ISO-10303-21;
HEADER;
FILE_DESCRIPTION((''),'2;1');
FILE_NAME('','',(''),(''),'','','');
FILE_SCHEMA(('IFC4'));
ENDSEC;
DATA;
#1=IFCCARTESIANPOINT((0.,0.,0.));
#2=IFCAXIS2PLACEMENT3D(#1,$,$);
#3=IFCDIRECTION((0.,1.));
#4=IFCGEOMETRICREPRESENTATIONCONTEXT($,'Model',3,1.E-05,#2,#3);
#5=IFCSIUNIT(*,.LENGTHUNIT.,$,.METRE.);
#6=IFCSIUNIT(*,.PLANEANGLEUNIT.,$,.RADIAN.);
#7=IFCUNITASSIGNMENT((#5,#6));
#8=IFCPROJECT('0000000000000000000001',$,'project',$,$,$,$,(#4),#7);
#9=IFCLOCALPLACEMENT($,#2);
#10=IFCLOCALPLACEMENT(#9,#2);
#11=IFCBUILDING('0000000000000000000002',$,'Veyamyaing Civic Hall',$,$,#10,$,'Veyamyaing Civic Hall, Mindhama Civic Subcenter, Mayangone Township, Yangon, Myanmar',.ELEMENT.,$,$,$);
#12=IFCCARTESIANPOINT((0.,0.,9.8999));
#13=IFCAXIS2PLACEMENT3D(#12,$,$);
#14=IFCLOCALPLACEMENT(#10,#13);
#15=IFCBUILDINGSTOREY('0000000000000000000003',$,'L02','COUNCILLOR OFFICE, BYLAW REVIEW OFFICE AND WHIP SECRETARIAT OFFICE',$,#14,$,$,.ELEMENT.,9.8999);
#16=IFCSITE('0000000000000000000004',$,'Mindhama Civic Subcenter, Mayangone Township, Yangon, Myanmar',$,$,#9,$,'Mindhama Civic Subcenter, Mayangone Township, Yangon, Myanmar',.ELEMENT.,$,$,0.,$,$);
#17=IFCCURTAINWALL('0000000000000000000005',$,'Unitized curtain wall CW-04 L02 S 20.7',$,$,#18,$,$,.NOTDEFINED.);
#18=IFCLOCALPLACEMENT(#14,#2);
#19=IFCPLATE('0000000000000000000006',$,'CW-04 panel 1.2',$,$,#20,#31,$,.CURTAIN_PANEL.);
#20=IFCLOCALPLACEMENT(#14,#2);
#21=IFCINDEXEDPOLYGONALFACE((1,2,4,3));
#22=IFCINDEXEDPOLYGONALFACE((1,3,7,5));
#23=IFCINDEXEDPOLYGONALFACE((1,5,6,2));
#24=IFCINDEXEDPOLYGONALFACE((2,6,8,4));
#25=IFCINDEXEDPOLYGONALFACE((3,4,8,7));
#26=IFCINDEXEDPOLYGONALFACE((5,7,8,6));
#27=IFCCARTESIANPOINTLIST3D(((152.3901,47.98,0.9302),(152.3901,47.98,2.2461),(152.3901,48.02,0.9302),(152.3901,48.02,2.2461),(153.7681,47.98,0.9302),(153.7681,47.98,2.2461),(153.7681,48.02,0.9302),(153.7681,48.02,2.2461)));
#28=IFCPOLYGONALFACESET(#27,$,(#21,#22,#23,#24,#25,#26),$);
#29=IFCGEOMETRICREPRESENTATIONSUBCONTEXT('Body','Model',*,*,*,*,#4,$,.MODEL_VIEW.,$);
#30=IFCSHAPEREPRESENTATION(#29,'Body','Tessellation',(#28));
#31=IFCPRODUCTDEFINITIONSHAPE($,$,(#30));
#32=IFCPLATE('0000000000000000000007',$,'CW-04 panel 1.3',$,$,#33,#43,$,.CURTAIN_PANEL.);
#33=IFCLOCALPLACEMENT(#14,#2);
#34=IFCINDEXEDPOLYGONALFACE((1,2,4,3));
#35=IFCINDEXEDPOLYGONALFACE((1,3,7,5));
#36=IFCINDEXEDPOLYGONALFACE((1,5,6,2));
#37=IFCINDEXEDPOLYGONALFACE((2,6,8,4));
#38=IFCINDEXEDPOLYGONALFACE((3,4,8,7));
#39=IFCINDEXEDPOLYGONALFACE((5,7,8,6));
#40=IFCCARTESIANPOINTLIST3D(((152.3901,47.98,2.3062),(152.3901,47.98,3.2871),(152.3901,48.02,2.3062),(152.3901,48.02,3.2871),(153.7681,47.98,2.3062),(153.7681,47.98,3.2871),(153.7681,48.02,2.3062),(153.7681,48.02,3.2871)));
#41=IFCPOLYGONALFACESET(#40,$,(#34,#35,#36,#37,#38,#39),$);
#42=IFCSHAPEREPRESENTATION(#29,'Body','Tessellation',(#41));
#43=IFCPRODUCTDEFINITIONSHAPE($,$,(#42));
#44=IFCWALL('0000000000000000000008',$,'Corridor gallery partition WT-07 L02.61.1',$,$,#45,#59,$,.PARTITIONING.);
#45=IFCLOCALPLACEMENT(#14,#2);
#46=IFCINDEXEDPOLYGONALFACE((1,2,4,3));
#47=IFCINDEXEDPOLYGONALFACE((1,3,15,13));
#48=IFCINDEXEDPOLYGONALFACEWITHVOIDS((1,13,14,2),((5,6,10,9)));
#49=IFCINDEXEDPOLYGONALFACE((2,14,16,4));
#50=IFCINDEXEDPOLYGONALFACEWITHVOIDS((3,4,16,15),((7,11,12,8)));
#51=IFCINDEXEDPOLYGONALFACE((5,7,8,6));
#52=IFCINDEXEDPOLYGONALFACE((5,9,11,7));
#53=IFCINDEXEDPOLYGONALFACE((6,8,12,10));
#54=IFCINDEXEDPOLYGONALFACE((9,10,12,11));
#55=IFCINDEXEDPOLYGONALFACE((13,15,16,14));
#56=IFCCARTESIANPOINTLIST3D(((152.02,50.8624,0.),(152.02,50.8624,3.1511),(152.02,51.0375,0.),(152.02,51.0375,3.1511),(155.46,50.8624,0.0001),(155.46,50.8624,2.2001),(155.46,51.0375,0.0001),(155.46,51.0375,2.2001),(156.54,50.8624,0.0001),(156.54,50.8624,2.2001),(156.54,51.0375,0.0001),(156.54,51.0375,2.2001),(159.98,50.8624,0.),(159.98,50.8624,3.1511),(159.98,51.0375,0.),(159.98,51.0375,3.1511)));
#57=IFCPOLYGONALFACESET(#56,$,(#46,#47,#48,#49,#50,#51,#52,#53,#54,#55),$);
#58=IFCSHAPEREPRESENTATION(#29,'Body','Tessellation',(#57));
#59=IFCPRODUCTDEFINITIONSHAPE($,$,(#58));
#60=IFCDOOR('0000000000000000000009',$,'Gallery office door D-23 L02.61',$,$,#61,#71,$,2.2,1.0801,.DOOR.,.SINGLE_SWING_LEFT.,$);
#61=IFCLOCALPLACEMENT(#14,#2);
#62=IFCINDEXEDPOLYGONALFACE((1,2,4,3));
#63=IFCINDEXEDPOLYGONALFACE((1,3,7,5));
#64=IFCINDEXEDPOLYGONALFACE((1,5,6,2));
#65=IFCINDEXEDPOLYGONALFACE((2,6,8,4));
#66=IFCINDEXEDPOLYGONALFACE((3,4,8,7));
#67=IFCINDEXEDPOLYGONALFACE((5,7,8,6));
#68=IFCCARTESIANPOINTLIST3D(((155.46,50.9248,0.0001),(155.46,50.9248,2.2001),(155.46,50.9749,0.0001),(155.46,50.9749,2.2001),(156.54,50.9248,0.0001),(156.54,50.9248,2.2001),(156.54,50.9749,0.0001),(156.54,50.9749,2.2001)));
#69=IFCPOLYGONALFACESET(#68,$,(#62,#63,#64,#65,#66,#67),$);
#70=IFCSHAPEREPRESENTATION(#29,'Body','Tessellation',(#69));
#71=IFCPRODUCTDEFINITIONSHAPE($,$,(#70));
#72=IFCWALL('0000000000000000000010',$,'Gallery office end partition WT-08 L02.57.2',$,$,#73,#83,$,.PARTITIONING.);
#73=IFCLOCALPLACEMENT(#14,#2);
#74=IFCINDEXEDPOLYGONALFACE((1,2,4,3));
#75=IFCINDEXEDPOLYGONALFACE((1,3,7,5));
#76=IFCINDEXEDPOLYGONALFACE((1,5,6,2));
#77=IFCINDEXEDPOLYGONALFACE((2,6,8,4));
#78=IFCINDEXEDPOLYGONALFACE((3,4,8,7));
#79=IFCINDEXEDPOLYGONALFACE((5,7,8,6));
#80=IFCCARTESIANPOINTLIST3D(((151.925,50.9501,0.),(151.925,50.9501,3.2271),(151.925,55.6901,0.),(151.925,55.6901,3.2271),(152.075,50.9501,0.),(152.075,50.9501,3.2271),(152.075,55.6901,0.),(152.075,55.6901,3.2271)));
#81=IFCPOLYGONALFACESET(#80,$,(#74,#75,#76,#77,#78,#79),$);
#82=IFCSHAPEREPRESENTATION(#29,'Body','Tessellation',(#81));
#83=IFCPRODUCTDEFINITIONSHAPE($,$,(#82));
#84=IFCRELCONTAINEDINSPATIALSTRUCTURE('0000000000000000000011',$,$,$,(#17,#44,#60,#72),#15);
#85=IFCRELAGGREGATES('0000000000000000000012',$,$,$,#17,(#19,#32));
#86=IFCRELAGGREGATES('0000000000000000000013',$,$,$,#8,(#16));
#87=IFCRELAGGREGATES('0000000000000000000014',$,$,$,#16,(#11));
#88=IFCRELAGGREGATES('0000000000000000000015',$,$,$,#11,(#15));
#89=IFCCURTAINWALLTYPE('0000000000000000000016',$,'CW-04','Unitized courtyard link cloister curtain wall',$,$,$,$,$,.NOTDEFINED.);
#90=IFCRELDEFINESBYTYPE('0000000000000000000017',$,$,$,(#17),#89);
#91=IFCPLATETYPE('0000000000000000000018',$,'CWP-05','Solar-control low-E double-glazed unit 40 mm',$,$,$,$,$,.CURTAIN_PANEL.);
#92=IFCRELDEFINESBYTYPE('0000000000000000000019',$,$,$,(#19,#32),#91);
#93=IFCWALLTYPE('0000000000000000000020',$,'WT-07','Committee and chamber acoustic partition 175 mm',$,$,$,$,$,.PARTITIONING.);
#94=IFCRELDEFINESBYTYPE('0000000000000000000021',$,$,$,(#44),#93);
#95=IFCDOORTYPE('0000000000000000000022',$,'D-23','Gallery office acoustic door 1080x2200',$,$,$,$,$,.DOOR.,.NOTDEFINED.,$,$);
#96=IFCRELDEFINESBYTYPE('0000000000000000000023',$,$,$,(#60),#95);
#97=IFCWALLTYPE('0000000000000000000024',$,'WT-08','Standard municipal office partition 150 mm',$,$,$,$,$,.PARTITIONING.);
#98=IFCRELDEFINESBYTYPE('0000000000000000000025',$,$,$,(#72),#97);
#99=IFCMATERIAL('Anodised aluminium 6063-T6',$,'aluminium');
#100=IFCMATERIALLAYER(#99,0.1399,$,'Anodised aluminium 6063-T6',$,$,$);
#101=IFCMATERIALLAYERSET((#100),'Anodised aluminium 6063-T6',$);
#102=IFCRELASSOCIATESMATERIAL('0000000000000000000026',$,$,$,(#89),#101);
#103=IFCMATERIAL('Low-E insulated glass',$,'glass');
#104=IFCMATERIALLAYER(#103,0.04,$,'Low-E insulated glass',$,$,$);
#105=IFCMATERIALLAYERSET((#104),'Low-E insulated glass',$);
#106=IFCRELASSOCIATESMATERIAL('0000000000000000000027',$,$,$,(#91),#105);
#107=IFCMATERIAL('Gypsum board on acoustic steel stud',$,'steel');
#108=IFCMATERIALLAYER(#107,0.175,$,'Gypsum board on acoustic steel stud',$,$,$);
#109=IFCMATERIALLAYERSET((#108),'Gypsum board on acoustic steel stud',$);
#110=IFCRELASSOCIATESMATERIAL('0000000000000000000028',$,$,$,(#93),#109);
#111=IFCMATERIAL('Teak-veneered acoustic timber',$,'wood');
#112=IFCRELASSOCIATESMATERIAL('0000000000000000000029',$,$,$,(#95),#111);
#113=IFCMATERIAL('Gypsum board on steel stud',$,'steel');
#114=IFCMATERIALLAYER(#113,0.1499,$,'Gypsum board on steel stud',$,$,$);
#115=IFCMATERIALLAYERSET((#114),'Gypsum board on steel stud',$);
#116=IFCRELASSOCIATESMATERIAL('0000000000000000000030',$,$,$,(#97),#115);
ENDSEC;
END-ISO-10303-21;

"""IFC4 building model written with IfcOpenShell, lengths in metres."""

from ifc_helpers import new_model, si_unit, direction, frame, frame_2d, origin, origin_2d, place, context, subcontext, project, spatial, rectangle, extrude, material, layer, layer_set, type_object, element, fill, aggregate, save


model = new_model("IFC4")

# Units and contexts
model_context = context("Model", 3, precision=1e-05, world=origin(), true_north=direction((0.0, 1.0)))
body_context = subcontext(model_context, "Body", "Model", "MODEL_VIEW")
ifc_project = project(units=[si_unit("LENGTHUNIT", "METRE"), si_unit("PLANEANGLEUNIT", "RADIAN")], contexts=[model_context])

# Site, building, storey
site_placement = place(None, origin())
site = spatial("IfcSite", under=ifc_project, at=site_placement, Name="Mindhama Civic Subcenter, Mayangone Township, Yangon, Myanmar", LongName="Mindhama Civic Subcenter, Mayangone Township, Yangon, Myanmar", CompositionType="ELEMENT", RefElevation=0.0)
building_placement = place(site_placement, origin())
building = spatial("IfcBuilding", under=site, at=building_placement, Name="Veyamyaing Civic Hall", LongName="Veyamyaing Civic Hall, Mindhama Civic Subcenter, Mayangone Township, Yangon, Myanmar", CompositionType="ELEMENT")
storey_placement = place(building_placement, frame((0.0, 0.0, 9.8999)))
storey = spatial("IfcBuildingStorey", under=building, at=storey_placement, Name="L02", Description="COUNCILLOR OFFICE, BYLAW REVIEW OFFICE AND WHIP SECRETARIAT OFFICE", CompositionType="ELEMENT", Elevation=9.8999)

# Curtain wall
ifc_material_1 = material(Name="Anodised aluminium 6063-T6", Category="aluminium")
ifc_layer_1 = layer(ifc_material_1, 0.1399, Name="Anodised aluminium 6063-T6")
ifc_layer_set_1 = layer_set([ifc_layer_1], Name="Anodised aluminium 6063-T6")
curtain_wall_type = type_object("IfcCurtainWallType", Name="CW-04", Description="Unitized courtyard link cloister curtain wall", PredefinedType="NOTDEFINED", material=ifc_layer_set_1)
curtain_wall_1_placement = place(storey_placement, origin())
curtain_wall_1 = element("IfcCurtainWall", 1, at=curtain_wall_1_placement, inside=storey, type_object=curtain_wall_type, Name="Unitized curtain wall CW-04 L02 S 20.7", PredefinedType="NOTDEFINED")

# Plates
ifc_material_2 = material(Name="Low-E insulated glass", Category="glass")
ifc_layer_2 = layer(ifc_material_2, 0.04, Name="Low-E insulated glass")
ifc_layer_set_2 = layer_set([ifc_layer_2], Name="Low-E insulated glass")
plate_type_1 = type_object("IfcPlateType", Name="CWP-05", Description="Solar-control low-E double-glazed unit 40 mm", PredefinedType="CURTAIN_PANEL", material=ifc_layer_set_2)
plate_1_placement = place(storey_placement, frame((153.0791, 48.0, 0.9302), z_axis=(0.0, 0.0, 1.0), x_axis=(1.0, 0.0, 0.0)))
plate_1 = element("IfcPlate", 2, at=plate_1_placement, type_object=plate_type_1, Name="CW-04 panel 1.2", PredefinedType="CURTAIN_PANEL", context=body_context, shape_type="SweptSolid", body=[
    extrude(rectangle(XDim=1.3779, YDim=0.04, at=origin_2d()), origin(), (0.0, 0.0, 1.0), 1.3159),
])
plate_2_placement = place(storey_placement, frame((153.0791, 48.0, 2.3062), z_axis=(0.0, 0.0, 1.0), x_axis=(1.0, 0.0, 0.0)))
plate_2 = element("IfcPlate", 3, at=plate_2_placement, type_object=plate_type_1, Name="CW-04 panel 1.3", PredefinedType="CURTAIN_PANEL", context=body_context, shape_type="SweptSolid", body=[
    extrude(rectangle(XDim=1.3779, YDim=0.04, at=origin_2d()), origin(), (0.0, 0.0, 1.0), 0.981),
])
aggregate(curtain_wall_1, [plate_1, plate_2])

# Wall, opening, door
ifc_material_3 = material(Name="Gypsum board on acoustic steel stud", Category="steel")
ifc_layer_3 = layer(ifc_material_3, 0.175, Name="Gypsum board on acoustic steel stud")
ifc_layer_set_3 = layer_set([ifc_layer_3], Name="Gypsum board on acoustic steel stud")
wall_type_1 = type_object("IfcWallType", Name="WT-07", Description="Committee and chamber acoustic partition 175 mm", PredefinedType="PARTITIONING", material=ifc_layer_set_3)
wall_1_placement = place(storey_placement, frame((152.02, 50.95, 0.0), z_axis=(0.0, 0.0, 1.0), x_axis=(1.0, 0.0, 0.0)))
wall_1 = element("IfcWall", 4, at=wall_1_placement, inside=storey, type_object=wall_type_1, Name="Corridor gallery partition WT-07 L02.61.1", PredefinedType="PARTITIONING", context=body_context, shape_type="SweptSolid", body=[
    extrude(rectangle(XDim=7.96, YDim=0.175, at=frame_2d((3.98, 0.0))), origin(), (0.0, 0.0, 1.0), 3.1511),
])
opening_placement = place(wall_1_placement, frame((3.4399, 0.0, 0.0)))
opening = element("IfcOpeningElement", 5, at=opening_placement, cuts=wall_1, PredefinedType="OPENING", context=body_context, shape_type="SweptSolid", body=[
    extrude(rectangle(XDim=1.0801, YDim=2.2, at=frame_2d((0.54, 1.1001))), frame((0.0, 0.0974, 0.0), z_axis=(0.0, -1.0, 0.0), x_axis=(1.0, 0.0, 0.0)), (0.0, 0.0, 1.0), 0.1951),
])
ifc_material_4 = material(Name="Teak-veneered acoustic timber", Category="wood")
door_type = type_object("IfcDoorType", Name="D-23", Description="Gallery office acoustic door 1080x2200", OperationType="NOTDEFINED", PredefinedType="DOOR", material=ifc_material_4)
door_placement = place(opening_placement, origin())
door = element("IfcDoor", 6, at=door_placement, inside=storey, type_object=door_type, Name="Gallery office door D-23 L02.61", OperationType="SINGLE_SWING_LEFT", OverallHeight=2.2, OverallWidth=1.0801, PredefinedType="DOOR", context=body_context, shape_type="SweptSolid", body=[
    extrude(rectangle(XDim=1.0801, YDim=2.2, at=frame_2d((0.54, 1.1001))), frame((0.0, 0.0249, 0.0), z_axis=(0.0, -1.0, 0.0), x_axis=(1.0, 0.0, 0.0)), (0.0, 0.0, 1.0), 0.05),
])
fill(opening, door)

# Wall
ifc_material_5 = material(Name="Gypsum board on steel stud", Category="steel")
ifc_layer_4 = layer(ifc_material_5, 0.1499, Name="Gypsum board on steel stud")
ifc_layer_set_4 = layer_set([ifc_layer_4], Name="Gypsum board on steel stud")
wall_type_2 = type_object("IfcWallType", Name="WT-08", Description="Standard municipal office partition 150 mm", PredefinedType="PARTITIONING", material=ifc_layer_set_4)
wall_2_placement = place(storey_placement, frame((152.0, 50.95, 0.0), z_axis=(0.0, 0.0, 1.0), x_axis=(0.0, 1.0, 0.0)))
element("IfcWall", 7, at=wall_2_placement, inside=storey, type_object=wall_type_2, Name="Gallery office end partition WT-08 L02.57.2", PredefinedType="PARTITIONING", context=body_context, shape_type="SweptSolid", body=[
    extrude(rectangle(XDim=4.74, YDim=0.1499, at=frame_2d((2.3701, 0.0))), origin(), (0.0, 0.0, 1.0), 3.2271),
])

save(model, "model.ifc")
